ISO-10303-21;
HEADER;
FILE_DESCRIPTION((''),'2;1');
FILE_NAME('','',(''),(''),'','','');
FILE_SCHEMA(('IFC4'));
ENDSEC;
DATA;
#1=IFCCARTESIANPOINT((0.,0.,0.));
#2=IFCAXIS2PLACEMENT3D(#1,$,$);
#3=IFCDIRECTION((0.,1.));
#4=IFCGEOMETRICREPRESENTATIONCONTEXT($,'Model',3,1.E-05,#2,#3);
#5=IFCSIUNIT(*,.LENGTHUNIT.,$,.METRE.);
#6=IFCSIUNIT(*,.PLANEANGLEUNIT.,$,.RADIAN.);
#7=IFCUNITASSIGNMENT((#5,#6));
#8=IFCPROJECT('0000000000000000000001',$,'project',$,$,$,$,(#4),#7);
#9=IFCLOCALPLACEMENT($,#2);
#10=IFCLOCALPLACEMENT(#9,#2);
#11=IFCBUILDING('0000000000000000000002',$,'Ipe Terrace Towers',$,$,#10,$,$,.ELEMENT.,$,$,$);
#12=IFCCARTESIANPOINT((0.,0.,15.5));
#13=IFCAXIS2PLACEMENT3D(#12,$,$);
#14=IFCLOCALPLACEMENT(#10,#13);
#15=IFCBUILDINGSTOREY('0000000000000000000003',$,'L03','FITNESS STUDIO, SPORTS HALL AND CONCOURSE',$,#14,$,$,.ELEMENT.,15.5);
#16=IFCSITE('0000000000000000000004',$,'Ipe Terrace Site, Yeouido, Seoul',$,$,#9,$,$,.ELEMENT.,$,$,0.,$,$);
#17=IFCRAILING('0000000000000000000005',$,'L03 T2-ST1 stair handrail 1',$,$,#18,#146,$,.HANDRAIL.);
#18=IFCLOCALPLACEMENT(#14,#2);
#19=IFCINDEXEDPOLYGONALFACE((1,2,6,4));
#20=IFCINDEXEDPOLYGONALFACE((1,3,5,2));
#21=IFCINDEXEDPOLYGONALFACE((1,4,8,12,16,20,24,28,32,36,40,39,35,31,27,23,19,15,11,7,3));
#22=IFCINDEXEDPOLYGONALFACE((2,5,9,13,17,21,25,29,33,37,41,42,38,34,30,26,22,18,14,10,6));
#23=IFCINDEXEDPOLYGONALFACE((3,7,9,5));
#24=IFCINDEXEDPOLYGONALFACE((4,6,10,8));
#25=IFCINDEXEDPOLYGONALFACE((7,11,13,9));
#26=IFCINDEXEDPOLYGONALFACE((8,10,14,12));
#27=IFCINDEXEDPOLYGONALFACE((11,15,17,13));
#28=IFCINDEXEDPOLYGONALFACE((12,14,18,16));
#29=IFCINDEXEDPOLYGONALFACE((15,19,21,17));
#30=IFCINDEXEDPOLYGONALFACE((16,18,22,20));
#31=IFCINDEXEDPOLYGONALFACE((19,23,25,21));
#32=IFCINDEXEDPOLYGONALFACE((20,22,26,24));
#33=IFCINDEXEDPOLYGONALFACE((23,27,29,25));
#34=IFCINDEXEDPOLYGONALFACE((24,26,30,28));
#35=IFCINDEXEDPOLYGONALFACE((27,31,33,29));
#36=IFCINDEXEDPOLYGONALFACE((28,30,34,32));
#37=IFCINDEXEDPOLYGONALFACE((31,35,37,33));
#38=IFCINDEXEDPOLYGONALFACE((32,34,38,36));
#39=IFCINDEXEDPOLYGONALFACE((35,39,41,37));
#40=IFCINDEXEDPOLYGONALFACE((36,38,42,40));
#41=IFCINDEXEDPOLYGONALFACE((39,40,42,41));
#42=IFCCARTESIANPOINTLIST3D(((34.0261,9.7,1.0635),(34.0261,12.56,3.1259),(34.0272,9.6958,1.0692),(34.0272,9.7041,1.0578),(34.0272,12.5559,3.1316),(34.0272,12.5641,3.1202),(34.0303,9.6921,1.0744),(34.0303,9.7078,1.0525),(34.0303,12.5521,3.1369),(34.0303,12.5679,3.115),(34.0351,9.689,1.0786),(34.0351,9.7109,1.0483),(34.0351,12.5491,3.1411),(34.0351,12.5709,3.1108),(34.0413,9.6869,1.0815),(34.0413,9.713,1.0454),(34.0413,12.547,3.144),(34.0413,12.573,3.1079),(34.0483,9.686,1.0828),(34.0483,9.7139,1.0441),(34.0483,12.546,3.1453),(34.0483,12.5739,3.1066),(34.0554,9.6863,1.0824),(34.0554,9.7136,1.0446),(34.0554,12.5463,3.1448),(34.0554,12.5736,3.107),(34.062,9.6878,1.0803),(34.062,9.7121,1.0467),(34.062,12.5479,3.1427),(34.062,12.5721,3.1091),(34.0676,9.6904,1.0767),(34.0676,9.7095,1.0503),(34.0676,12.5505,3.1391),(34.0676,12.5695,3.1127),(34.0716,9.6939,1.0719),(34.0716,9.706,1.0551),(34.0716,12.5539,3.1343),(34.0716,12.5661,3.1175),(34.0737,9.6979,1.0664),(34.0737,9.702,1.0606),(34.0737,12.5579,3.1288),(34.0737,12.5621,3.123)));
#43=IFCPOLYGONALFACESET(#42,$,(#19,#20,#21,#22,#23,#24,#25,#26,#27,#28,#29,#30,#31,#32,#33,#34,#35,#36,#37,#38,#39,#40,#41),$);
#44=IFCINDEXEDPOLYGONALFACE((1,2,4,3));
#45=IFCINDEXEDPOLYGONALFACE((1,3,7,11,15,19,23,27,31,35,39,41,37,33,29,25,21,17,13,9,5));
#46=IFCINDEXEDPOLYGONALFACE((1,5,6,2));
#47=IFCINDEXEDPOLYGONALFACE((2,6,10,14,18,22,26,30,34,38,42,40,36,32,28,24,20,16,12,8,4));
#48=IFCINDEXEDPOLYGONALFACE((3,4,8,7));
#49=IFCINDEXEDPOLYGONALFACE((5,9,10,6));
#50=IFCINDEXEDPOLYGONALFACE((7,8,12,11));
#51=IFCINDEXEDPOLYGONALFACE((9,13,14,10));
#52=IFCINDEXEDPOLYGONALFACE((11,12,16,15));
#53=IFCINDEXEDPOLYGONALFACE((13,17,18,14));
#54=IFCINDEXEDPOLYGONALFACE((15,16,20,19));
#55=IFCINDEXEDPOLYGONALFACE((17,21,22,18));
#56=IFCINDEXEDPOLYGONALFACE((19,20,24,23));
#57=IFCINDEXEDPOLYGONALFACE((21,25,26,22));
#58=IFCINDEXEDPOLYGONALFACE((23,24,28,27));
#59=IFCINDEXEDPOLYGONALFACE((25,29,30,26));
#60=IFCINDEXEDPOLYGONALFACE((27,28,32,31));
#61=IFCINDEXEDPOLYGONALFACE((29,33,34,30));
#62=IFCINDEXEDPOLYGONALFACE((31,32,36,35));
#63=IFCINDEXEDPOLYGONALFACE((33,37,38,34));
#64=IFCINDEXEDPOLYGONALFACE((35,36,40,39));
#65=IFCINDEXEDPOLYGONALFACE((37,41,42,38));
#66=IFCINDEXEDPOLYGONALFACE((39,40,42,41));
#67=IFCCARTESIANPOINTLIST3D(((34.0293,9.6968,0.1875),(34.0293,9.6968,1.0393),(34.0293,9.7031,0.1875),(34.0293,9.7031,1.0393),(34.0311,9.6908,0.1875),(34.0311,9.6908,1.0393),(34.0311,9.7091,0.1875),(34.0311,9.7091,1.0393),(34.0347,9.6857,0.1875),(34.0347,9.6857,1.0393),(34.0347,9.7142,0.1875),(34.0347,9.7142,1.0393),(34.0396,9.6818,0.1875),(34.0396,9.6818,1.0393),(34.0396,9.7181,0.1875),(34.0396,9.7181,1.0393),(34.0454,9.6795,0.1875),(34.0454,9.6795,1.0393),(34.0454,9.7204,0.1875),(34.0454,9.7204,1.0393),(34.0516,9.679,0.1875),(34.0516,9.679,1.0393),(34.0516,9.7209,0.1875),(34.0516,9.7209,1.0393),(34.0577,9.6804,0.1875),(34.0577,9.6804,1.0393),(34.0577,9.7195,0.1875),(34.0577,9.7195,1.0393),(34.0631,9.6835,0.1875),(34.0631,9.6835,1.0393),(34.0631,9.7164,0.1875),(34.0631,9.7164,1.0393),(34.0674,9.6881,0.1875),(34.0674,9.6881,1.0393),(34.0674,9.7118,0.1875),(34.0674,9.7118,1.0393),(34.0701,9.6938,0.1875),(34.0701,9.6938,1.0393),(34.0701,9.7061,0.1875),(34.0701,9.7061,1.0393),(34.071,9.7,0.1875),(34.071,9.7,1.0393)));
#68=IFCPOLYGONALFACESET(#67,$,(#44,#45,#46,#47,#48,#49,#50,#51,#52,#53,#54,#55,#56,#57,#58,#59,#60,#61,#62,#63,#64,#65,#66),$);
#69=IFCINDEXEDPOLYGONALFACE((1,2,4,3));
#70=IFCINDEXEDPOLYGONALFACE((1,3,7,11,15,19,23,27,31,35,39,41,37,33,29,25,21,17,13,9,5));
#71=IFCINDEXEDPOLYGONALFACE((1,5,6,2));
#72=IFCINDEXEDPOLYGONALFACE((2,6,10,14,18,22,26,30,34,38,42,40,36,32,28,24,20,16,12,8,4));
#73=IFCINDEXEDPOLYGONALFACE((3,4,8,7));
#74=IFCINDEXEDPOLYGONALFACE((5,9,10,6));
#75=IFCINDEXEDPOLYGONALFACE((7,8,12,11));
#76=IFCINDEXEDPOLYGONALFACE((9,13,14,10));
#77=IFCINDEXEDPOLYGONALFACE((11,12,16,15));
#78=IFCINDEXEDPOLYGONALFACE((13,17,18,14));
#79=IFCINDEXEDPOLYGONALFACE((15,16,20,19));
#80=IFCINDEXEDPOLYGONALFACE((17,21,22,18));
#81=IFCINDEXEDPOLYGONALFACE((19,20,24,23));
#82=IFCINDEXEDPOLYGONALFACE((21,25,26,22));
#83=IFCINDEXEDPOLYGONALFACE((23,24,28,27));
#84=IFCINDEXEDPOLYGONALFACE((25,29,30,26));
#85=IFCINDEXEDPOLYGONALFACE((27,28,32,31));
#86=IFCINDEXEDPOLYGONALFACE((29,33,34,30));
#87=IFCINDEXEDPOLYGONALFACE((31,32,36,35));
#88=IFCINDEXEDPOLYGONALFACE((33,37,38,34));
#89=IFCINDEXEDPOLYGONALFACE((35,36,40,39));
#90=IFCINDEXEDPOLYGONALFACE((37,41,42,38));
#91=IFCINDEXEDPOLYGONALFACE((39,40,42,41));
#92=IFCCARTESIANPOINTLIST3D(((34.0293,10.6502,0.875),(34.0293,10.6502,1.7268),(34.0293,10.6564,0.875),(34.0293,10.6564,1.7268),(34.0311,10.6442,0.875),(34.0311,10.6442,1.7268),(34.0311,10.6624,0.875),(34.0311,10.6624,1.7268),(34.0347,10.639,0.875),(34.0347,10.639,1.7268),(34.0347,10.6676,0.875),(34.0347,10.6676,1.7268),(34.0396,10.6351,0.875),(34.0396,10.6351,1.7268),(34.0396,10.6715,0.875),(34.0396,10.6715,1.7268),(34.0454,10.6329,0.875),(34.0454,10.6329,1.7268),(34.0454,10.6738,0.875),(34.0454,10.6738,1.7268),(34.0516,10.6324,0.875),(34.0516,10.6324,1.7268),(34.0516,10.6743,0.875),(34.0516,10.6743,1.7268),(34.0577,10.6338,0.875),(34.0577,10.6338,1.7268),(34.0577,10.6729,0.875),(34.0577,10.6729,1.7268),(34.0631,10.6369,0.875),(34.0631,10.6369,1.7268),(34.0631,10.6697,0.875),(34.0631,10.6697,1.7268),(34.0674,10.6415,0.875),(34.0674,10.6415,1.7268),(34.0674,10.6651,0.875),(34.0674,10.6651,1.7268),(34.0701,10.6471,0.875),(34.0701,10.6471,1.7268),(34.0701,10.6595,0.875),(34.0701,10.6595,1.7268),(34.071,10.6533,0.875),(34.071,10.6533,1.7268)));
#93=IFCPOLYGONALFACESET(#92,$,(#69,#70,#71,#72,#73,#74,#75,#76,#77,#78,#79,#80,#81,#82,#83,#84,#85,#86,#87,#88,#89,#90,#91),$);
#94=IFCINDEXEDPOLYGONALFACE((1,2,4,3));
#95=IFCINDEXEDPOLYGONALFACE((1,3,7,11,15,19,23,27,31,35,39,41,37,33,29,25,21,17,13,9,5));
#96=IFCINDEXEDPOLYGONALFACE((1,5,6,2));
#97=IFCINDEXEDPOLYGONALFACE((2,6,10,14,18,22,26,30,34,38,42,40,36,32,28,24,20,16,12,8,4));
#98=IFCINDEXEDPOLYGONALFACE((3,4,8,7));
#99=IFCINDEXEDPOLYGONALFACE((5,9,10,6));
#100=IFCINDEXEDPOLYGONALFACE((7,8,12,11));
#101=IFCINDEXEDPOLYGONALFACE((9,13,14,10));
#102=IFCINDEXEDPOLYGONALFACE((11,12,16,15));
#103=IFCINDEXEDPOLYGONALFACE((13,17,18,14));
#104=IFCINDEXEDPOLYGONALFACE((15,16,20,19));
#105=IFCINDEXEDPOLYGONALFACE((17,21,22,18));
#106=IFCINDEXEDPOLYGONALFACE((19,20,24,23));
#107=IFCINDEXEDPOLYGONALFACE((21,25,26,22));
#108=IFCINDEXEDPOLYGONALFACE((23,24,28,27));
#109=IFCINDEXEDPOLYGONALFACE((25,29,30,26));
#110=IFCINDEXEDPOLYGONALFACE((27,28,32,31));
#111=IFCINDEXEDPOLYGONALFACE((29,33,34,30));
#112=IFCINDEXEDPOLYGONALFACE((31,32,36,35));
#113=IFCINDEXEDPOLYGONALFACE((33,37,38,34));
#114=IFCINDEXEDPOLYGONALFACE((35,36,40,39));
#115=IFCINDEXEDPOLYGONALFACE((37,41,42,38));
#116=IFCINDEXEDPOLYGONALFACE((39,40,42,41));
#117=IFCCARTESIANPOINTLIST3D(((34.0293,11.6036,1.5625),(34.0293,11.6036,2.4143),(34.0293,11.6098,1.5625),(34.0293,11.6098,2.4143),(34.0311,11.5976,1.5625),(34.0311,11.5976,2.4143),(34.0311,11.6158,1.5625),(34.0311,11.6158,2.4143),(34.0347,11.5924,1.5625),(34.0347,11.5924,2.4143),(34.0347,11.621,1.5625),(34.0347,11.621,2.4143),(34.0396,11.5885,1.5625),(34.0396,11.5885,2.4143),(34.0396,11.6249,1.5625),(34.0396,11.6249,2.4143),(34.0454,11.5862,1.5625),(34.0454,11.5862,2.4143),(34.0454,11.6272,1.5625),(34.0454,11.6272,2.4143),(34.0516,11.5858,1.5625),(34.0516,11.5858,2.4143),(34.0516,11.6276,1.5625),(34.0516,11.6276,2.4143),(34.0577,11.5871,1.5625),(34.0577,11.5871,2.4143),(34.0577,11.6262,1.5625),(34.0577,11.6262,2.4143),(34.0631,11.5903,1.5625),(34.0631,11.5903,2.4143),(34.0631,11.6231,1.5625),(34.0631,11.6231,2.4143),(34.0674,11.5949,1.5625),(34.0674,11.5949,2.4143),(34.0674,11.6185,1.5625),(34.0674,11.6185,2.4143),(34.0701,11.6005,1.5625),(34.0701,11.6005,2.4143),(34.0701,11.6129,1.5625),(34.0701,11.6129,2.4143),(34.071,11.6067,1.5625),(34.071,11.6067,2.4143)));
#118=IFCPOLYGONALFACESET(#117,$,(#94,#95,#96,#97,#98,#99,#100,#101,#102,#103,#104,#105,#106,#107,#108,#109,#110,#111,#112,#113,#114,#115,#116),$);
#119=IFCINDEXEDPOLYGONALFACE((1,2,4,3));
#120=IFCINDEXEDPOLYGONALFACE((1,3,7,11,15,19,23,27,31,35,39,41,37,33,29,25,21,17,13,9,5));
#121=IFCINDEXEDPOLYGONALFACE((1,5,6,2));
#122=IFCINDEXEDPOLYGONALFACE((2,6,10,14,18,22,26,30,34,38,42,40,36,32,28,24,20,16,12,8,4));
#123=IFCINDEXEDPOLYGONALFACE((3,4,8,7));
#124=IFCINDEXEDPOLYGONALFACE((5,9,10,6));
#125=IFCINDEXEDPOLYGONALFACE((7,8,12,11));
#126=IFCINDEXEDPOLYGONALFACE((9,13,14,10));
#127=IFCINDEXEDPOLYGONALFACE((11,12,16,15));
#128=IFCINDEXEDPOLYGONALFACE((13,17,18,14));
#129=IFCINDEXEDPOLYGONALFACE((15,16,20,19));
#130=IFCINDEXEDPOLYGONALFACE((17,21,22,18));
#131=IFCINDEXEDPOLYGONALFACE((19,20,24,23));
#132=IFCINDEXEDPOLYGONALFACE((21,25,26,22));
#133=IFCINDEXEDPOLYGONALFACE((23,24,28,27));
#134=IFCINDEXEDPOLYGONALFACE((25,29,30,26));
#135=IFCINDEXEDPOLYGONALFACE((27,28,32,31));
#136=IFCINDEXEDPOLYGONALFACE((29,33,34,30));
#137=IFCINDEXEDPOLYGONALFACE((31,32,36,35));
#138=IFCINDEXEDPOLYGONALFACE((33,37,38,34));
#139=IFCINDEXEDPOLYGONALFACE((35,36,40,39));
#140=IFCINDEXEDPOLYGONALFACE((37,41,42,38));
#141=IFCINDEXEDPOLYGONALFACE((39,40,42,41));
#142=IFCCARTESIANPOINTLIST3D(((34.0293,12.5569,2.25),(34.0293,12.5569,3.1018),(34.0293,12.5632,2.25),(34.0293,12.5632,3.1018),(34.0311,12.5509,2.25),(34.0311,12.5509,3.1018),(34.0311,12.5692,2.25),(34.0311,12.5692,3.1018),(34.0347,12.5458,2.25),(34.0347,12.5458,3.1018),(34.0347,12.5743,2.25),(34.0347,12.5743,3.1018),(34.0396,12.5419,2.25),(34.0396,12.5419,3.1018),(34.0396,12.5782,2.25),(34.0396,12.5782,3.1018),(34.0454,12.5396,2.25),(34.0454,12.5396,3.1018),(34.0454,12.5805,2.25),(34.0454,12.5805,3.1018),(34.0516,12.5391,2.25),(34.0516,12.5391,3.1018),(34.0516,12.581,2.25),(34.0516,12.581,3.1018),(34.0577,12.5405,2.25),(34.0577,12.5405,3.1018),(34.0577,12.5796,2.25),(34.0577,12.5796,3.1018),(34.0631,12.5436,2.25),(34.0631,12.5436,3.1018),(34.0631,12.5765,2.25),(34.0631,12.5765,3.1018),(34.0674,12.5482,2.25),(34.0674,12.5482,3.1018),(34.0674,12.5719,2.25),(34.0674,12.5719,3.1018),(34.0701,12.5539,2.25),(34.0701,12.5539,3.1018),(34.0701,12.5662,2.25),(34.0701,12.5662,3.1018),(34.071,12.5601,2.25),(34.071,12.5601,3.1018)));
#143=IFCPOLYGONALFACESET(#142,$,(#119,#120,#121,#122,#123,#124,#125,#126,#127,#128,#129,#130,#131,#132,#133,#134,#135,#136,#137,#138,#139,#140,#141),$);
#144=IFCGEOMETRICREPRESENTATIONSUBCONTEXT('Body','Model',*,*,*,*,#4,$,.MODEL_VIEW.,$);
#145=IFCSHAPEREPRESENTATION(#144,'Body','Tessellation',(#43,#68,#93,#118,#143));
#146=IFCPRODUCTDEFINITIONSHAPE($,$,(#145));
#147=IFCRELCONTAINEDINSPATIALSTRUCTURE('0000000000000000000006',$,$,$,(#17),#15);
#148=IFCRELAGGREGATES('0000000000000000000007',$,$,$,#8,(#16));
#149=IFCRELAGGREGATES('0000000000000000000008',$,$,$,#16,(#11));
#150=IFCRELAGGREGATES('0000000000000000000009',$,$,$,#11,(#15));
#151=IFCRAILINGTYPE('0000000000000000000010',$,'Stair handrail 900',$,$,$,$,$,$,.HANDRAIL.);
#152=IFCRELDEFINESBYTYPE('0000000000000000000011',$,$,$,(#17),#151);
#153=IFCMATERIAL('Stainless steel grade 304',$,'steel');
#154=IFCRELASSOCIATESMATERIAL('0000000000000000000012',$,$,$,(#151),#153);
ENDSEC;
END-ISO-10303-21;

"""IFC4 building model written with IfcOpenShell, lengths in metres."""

from ifc_helpers import new_model, si_unit, direction, frame, origin, origin_2d, place, context, subcontext, project, spatial, circle, extrude, material, type_object, element, save


model = new_model("IFC4")

# Units and contexts
model_context = context("Model", 3, precision=1e-05, world=origin(), true_north=direction((0.0, 1.0)))
body_context = subcontext(model_context, "Body", "Model", "MODEL_VIEW")
ifc_project = project(units=[si_unit("LENGTHUNIT", "METRE"), si_unit("PLANEANGLEUNIT", "RADIAN")], contexts=[model_context])

# Site, building, storey
site_placement = place(None, origin())
site = spatial("IfcSite", under=ifc_project, at=site_placement, Name="Ipe Terrace Site, Yeouido, Seoul", CompositionType="ELEMENT", RefElevation=0.0)
building_placement = place(site_placement, origin())
building = spatial("IfcBuilding", under=site, at=building_placement, Name="Ipe Terrace Towers", CompositionType="ELEMENT")
storey_placement = place(building_placement, frame((0.0, 0.0, 15.5)))
storey = spatial("IfcBuildingStorey", under=building, at=storey_placement, Name="L03", Description="FITNESS STUDIO, SPORTS HALL AND CONCOURSE", CompositionType="ELEMENT", Elevation=15.5)

# Railing
ifc_material_1 = material(Name="Stainless steel grade 304", Category="steel")
railing_type_1 = type_object("IfcRailingType", Name="Stair handrail 900", PredefinedType="HANDRAIL", material=ifc_material_1)
railing_1_placement = place(storey_placement, frame((34.05, 9.7, 0.1875)))
element("IfcRailing", 1, at=railing_1_placement, inside=storey, type_object=railing_type_1, Name="L03 T2-ST1 stair handrail 1", PredefinedType="HANDRAIL", context=body_context, shape_type="SweptSolid", body=[
    extrude(circle(Radius=0.0239, at=origin_2d()), frame((0.0, 0.0, 0.876), z_axis=(0.0, 0.811101, 0.584906), x_axis=(-1.0, 0.0, 0.0)), (0.0, 0.0, 1.0), 3.5261),
    extrude(circle(Radius=0.021, at=origin_2d()), origin(), (0.0, 0.0, 1.0), 0.8518),
    extrude(circle(Radius=0.021, at=origin_2d()), frame((0.0, 0.9534, 0.6875)), (0.0, 0.0, 1.0), 0.8518),
    extrude(circle(Radius=0.021, at=origin_2d()), frame((0.0, 1.9067, 1.375)), (0.0, 0.0, 1.0), 0.8518),
    extrude(circle(Radius=0.021, at=origin_2d()), frame((0.0, 2.8601, 2.0625)), (0.0, 0.0, 1.0), 0.8518),
])

save(model, "model.ifc")
